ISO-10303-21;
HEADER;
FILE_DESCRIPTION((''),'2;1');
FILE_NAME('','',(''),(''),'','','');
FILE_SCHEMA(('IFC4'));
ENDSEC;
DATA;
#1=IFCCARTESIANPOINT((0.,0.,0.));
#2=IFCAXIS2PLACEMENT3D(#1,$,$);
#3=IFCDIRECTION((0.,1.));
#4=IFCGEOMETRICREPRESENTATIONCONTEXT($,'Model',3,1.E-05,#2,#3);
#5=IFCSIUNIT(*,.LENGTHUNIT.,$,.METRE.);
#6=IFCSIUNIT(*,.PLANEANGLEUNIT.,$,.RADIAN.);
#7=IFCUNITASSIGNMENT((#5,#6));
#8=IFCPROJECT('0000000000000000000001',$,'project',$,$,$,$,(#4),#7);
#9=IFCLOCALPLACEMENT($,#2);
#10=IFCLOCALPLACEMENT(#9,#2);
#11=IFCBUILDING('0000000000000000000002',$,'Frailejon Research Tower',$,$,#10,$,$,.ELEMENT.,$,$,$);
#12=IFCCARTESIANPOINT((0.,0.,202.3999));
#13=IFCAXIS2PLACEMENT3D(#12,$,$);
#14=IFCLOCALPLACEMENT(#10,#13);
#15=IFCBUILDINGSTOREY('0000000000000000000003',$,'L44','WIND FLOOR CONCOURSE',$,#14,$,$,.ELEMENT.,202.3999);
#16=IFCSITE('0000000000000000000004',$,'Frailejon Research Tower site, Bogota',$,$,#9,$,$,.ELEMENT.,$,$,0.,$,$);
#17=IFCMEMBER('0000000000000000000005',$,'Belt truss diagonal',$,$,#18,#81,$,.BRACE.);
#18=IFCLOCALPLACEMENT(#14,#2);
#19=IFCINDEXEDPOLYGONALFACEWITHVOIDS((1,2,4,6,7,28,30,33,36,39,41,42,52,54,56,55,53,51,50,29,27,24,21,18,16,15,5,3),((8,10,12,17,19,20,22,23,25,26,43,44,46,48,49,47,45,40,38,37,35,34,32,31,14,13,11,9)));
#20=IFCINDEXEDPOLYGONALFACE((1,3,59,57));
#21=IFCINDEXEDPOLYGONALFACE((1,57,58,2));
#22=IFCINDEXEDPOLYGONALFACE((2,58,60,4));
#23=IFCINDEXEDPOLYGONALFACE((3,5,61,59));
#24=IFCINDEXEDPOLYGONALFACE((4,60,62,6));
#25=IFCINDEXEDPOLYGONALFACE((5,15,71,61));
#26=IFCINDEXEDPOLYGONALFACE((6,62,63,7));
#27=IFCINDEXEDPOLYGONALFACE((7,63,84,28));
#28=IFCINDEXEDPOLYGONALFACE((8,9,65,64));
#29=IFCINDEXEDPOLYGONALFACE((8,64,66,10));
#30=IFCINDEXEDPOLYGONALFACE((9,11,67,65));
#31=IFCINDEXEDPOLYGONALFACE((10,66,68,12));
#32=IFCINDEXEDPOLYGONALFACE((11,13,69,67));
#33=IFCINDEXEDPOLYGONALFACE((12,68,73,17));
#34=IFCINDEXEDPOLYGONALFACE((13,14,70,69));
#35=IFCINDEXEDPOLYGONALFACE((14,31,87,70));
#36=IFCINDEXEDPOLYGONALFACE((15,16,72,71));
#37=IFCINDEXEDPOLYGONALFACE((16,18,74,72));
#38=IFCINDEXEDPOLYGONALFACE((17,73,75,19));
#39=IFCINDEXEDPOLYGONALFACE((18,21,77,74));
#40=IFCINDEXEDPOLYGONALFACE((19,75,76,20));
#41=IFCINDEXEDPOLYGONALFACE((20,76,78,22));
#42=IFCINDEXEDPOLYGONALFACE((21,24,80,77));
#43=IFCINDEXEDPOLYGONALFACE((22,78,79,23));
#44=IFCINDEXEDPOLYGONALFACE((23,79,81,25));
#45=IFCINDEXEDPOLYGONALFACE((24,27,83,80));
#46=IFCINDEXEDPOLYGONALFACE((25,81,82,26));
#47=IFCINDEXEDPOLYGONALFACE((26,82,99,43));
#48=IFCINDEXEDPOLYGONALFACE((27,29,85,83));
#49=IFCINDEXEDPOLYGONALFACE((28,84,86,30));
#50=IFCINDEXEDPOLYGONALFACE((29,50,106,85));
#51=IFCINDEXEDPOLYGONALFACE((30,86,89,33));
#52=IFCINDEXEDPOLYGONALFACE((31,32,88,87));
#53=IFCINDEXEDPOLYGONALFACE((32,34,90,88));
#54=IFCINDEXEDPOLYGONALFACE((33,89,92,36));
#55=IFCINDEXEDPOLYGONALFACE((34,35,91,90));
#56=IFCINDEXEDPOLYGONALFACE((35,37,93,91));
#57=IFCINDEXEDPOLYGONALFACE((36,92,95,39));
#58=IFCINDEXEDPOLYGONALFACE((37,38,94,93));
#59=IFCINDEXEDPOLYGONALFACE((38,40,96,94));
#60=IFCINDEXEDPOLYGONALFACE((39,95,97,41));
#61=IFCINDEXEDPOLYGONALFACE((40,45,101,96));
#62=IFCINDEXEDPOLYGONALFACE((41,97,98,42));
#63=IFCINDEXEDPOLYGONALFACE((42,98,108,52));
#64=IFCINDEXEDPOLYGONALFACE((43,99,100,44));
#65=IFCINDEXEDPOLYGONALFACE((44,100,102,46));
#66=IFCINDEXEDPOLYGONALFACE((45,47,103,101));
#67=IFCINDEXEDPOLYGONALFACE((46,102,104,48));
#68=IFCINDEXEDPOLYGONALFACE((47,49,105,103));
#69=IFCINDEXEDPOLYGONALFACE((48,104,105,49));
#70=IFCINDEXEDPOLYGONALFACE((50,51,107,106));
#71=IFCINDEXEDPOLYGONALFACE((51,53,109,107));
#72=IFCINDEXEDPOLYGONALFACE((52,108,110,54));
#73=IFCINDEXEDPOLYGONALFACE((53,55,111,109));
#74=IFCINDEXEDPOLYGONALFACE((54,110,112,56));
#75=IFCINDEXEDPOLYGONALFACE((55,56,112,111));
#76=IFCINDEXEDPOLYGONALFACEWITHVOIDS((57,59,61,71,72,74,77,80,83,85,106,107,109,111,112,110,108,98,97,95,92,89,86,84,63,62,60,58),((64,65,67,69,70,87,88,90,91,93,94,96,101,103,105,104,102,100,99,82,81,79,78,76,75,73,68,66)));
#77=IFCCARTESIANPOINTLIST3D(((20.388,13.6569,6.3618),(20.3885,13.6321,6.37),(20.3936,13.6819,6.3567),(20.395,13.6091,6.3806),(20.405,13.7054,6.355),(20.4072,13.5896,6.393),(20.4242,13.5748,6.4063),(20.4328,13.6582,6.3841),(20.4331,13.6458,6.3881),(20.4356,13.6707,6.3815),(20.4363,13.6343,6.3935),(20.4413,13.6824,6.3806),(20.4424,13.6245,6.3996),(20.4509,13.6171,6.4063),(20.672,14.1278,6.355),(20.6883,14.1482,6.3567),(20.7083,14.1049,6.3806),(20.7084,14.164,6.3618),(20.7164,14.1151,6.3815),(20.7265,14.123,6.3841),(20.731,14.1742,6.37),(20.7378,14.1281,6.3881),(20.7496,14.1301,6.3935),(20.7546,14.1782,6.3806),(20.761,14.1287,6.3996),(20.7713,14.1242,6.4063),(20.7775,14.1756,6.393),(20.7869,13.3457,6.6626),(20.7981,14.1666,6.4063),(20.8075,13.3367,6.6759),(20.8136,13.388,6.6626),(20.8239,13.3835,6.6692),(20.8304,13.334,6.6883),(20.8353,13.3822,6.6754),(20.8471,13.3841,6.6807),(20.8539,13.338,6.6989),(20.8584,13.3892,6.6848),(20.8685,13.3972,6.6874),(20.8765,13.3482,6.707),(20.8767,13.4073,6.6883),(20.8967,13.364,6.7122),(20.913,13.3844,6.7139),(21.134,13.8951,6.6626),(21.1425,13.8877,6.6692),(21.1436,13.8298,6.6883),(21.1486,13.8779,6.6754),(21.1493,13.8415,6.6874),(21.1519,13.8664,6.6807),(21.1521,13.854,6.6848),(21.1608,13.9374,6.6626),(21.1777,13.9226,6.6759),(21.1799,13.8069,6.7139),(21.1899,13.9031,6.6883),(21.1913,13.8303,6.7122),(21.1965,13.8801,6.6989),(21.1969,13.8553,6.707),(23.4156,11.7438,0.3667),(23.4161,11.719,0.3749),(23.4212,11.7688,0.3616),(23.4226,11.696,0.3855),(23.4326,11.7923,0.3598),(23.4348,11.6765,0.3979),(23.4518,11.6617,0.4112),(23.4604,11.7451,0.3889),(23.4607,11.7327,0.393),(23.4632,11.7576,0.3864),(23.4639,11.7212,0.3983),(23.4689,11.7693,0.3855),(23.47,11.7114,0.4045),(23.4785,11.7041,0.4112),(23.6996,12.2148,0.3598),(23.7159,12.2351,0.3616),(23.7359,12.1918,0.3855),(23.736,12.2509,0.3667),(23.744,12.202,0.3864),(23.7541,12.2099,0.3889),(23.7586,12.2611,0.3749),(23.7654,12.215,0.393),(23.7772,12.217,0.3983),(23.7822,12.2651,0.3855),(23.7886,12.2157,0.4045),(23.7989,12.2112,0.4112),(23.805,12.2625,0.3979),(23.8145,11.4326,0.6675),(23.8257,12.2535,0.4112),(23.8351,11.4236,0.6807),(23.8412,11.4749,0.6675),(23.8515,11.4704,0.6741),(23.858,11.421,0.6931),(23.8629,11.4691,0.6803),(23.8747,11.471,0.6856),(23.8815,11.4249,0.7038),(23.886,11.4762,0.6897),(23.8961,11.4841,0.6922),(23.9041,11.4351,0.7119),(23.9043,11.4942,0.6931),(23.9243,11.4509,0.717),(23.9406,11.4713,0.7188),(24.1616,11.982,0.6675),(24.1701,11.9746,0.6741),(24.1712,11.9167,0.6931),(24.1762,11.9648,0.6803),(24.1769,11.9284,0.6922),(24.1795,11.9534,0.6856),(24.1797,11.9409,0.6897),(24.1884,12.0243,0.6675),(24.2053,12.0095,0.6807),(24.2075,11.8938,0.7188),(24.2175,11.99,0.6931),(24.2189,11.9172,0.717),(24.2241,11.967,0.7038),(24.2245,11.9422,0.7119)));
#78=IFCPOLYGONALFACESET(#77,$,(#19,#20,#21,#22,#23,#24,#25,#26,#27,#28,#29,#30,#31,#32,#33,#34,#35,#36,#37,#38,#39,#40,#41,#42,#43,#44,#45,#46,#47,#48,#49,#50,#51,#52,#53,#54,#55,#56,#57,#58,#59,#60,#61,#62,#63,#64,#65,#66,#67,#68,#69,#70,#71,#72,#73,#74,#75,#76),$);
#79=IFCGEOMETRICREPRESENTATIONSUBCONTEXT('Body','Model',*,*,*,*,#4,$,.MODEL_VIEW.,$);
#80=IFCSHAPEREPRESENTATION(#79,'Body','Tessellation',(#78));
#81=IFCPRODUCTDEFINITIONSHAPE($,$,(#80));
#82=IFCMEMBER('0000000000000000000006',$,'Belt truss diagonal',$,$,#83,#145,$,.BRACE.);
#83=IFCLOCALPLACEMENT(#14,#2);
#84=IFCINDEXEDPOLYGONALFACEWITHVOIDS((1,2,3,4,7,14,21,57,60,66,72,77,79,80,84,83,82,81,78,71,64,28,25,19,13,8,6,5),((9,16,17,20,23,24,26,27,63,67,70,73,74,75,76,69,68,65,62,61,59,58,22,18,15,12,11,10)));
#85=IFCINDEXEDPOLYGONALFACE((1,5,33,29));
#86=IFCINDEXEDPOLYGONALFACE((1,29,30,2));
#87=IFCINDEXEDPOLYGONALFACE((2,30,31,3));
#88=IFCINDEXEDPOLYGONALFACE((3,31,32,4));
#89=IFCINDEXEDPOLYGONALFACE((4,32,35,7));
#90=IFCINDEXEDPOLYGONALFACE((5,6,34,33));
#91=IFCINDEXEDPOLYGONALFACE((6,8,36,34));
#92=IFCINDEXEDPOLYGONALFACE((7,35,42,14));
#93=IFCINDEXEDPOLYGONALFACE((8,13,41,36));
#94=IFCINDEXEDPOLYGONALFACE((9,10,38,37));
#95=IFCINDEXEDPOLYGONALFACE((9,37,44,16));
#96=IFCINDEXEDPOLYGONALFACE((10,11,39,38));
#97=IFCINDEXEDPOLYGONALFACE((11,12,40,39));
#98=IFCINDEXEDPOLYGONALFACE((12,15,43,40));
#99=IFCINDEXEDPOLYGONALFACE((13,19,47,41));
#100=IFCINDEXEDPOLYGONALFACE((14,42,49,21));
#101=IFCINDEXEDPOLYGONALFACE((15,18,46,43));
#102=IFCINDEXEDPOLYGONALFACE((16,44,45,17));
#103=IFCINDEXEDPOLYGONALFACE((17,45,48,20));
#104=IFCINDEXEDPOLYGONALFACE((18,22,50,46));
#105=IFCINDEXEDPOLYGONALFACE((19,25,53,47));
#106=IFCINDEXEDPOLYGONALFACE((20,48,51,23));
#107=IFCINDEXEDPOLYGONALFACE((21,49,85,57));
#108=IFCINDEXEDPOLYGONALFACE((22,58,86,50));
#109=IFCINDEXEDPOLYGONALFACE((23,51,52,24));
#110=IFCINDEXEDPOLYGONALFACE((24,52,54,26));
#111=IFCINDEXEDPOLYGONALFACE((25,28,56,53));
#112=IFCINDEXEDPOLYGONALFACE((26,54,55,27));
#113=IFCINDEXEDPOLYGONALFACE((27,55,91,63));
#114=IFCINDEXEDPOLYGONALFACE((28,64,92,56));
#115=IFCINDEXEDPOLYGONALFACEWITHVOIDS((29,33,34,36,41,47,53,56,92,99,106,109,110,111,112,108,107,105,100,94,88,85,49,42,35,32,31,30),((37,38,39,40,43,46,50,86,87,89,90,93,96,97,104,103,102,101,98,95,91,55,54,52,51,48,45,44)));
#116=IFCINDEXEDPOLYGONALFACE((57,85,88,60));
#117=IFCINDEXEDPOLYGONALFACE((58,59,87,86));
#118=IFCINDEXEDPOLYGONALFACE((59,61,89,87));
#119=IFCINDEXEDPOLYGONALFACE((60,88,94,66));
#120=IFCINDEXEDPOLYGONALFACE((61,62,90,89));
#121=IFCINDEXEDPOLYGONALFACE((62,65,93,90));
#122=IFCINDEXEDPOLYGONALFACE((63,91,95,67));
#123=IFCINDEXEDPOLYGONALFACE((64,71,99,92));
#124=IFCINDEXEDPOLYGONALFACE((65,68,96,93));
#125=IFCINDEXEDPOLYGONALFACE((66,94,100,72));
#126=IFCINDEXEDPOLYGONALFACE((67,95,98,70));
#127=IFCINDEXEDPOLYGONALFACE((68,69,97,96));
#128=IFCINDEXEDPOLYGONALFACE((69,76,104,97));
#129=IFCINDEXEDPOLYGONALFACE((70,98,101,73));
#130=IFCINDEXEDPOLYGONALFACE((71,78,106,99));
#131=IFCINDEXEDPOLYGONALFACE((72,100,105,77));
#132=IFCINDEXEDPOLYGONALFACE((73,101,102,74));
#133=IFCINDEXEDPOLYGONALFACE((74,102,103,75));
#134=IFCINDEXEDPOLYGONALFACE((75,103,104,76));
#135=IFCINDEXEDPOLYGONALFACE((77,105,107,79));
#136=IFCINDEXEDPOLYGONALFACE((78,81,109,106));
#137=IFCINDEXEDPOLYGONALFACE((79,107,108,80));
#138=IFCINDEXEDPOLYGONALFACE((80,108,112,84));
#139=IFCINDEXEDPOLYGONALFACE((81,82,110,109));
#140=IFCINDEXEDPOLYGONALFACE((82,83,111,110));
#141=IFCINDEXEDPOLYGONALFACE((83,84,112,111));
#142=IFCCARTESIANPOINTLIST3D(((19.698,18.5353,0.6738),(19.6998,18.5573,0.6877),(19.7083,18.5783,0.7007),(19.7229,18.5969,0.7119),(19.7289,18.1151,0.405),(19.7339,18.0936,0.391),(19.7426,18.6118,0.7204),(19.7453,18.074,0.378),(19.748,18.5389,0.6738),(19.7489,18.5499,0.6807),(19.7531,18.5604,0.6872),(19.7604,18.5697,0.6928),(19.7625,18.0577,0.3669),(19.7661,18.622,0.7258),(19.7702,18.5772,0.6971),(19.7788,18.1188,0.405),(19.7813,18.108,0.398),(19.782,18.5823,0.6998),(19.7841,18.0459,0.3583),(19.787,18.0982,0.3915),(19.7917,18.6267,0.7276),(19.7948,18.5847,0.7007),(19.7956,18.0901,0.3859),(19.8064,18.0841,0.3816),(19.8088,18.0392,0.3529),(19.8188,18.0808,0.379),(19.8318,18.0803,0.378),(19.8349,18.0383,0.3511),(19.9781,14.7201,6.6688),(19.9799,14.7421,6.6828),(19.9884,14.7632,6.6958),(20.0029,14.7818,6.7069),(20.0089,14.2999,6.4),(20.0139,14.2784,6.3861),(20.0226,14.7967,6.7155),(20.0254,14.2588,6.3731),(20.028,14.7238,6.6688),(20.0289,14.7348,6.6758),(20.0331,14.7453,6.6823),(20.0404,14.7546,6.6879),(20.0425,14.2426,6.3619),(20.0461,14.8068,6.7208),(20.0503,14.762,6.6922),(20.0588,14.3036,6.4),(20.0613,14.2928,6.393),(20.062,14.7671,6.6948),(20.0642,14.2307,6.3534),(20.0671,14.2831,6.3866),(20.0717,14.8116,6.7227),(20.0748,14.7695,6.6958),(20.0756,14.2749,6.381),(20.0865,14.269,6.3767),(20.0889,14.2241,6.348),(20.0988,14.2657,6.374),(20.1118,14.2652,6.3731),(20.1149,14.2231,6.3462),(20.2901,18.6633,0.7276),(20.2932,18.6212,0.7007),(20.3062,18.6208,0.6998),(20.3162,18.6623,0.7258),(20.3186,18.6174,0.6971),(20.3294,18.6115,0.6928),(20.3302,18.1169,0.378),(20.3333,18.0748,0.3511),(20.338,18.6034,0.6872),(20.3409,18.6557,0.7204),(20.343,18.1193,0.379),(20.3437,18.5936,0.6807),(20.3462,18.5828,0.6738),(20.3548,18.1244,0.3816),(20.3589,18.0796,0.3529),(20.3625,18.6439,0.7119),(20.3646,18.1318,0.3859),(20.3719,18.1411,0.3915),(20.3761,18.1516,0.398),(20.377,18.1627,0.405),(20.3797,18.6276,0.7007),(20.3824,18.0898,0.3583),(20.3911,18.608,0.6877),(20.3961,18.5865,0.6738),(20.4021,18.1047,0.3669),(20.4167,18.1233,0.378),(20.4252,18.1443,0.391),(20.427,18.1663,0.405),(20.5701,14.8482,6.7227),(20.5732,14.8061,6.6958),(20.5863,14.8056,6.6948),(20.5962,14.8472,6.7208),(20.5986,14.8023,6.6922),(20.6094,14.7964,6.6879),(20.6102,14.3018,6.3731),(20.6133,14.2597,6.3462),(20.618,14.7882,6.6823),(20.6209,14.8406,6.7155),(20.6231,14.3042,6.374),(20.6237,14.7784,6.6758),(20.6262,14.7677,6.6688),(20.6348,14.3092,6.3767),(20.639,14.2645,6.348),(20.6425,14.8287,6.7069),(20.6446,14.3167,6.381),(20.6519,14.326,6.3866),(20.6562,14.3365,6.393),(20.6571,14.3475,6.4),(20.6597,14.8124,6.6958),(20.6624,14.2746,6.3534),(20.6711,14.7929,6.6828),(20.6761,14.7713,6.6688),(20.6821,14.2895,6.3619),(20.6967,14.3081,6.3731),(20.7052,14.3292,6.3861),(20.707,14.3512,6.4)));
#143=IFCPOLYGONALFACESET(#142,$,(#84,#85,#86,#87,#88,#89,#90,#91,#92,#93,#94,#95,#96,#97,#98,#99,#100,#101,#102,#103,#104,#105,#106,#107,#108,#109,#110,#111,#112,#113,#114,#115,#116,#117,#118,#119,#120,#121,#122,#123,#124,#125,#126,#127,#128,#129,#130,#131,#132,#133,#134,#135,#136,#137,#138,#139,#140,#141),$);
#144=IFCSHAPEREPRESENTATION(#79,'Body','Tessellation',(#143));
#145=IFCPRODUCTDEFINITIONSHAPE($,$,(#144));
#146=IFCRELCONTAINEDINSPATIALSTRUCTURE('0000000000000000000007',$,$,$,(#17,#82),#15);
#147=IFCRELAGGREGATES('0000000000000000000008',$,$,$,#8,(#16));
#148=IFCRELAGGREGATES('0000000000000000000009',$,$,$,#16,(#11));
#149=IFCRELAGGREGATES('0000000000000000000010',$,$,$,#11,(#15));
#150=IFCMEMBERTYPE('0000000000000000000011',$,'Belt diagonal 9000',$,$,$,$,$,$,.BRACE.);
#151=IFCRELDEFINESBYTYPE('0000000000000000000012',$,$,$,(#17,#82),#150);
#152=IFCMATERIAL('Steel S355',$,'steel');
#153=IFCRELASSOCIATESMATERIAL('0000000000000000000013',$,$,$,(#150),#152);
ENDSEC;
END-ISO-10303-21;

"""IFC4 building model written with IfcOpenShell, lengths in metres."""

from ifc_helpers import new_model, si_unit, direction, frame, origin, origin_2d, place, context, subcontext, project, spatial, hollow_rectangle, extrude, material, material_profile, profile_set, type_object, element, save


model = new_model("IFC4")

# Units and contexts
model_context = context("Model", 3, precision=1e-05, world=origin(), true_north=direction((0.0, 1.0)))
body_context = subcontext(model_context, "Body", "Model", "MODEL_VIEW")
ifc_project = project(units=[si_unit("LENGTHUNIT", "METRE"), si_unit("PLANEANGLEUNIT", "RADIAN")], contexts=[model_context])

# Site, building, storey
site_placement = place(None, origin())
site = spatial("IfcSite", under=ifc_project, at=site_placement, Name="Frailejon Research Tower site, Bogota", CompositionType="ELEMENT", RefElevation=0.0)
building_placement = place(site_placement, origin())
building = spatial("IfcBuilding", under=site, at=building_placement, Name="Frailejon Research Tower", CompositionType="ELEMENT")
storey_placement = place(building_placement, frame((0.0, 0.0, 202.3999)))
storey = spatial("IfcBuildingStorey", under=building, at=storey_placement, Name="L44", Description="WIND FLOOR CONCOURSE", CompositionType="ELEMENT", Elevation=202.3999)

# Members
ifc_material_1 = material(Name="Steel S355", Category="steel")
ifc_material_profile_1 = material_profile(ifc_material_1, hollow_rectangle(XDim=0.7, YDim=0.7, WallThickness=0.05, InnerFilletRadius=0.05, OuterFilletRadius=0.1001, at=origin_2d()), Name="Belt diagonal 9000")
ifc_profile_set_1 = profile_set([ifc_material_profile_1], Name="Steel S355")
member_type = type_object("IfcMemberType", Name="Belt diagonal 9000", PredefinedType="BRACE", material=ifc_profile_set_1)
member_1_placement = place(storey_placement, frame((23.8201, 11.843, 0.5393), z_axis=(-0.433542, 0.273948, 0.858483), x_axis=(-0.534178, -0.845372, 0.0)))
element("IfcMember", 1, at=member_1_placement, inside=storey, type_object=member_type, Name="Belt truss diagonal", PredefinedType="BRACE", context=body_context, shape_type="SweptSolid", body=[
    extrude(hollow_rectangle(XDim=0.7, YDim=0.7, WallThickness=0.05, InnerFilletRadius=0.05, OuterFilletRadius=0.1001, at=origin_2d()), origin(), (0.0, 0.0, 1.0), 6.9834),
])
member_2_placement = place(storey_placement, frame((20.3425, 14.5356, 6.5344), z_axis=(-0.039376, 0.53647, -0.843), x_axis=(-0.997317, -0.073202, 0.0)))
element("IfcMember", 2, at=member_2_placement, inside=storey, type_object=member_type, Name="Belt truss diagonal", PredefinedType="BRACE", context=body_context, shape_type="SweptSolid", body=[
    extrude(hollow_rectangle(XDim=0.7, YDim=0.7, WallThickness=0.05, InnerFilletRadius=0.05, OuterFilletRadius=0.1001, at=origin_2d()), origin(), (0.0, 0.0, 1.0), 7.1116),
])

save(model, "model.ifc")
